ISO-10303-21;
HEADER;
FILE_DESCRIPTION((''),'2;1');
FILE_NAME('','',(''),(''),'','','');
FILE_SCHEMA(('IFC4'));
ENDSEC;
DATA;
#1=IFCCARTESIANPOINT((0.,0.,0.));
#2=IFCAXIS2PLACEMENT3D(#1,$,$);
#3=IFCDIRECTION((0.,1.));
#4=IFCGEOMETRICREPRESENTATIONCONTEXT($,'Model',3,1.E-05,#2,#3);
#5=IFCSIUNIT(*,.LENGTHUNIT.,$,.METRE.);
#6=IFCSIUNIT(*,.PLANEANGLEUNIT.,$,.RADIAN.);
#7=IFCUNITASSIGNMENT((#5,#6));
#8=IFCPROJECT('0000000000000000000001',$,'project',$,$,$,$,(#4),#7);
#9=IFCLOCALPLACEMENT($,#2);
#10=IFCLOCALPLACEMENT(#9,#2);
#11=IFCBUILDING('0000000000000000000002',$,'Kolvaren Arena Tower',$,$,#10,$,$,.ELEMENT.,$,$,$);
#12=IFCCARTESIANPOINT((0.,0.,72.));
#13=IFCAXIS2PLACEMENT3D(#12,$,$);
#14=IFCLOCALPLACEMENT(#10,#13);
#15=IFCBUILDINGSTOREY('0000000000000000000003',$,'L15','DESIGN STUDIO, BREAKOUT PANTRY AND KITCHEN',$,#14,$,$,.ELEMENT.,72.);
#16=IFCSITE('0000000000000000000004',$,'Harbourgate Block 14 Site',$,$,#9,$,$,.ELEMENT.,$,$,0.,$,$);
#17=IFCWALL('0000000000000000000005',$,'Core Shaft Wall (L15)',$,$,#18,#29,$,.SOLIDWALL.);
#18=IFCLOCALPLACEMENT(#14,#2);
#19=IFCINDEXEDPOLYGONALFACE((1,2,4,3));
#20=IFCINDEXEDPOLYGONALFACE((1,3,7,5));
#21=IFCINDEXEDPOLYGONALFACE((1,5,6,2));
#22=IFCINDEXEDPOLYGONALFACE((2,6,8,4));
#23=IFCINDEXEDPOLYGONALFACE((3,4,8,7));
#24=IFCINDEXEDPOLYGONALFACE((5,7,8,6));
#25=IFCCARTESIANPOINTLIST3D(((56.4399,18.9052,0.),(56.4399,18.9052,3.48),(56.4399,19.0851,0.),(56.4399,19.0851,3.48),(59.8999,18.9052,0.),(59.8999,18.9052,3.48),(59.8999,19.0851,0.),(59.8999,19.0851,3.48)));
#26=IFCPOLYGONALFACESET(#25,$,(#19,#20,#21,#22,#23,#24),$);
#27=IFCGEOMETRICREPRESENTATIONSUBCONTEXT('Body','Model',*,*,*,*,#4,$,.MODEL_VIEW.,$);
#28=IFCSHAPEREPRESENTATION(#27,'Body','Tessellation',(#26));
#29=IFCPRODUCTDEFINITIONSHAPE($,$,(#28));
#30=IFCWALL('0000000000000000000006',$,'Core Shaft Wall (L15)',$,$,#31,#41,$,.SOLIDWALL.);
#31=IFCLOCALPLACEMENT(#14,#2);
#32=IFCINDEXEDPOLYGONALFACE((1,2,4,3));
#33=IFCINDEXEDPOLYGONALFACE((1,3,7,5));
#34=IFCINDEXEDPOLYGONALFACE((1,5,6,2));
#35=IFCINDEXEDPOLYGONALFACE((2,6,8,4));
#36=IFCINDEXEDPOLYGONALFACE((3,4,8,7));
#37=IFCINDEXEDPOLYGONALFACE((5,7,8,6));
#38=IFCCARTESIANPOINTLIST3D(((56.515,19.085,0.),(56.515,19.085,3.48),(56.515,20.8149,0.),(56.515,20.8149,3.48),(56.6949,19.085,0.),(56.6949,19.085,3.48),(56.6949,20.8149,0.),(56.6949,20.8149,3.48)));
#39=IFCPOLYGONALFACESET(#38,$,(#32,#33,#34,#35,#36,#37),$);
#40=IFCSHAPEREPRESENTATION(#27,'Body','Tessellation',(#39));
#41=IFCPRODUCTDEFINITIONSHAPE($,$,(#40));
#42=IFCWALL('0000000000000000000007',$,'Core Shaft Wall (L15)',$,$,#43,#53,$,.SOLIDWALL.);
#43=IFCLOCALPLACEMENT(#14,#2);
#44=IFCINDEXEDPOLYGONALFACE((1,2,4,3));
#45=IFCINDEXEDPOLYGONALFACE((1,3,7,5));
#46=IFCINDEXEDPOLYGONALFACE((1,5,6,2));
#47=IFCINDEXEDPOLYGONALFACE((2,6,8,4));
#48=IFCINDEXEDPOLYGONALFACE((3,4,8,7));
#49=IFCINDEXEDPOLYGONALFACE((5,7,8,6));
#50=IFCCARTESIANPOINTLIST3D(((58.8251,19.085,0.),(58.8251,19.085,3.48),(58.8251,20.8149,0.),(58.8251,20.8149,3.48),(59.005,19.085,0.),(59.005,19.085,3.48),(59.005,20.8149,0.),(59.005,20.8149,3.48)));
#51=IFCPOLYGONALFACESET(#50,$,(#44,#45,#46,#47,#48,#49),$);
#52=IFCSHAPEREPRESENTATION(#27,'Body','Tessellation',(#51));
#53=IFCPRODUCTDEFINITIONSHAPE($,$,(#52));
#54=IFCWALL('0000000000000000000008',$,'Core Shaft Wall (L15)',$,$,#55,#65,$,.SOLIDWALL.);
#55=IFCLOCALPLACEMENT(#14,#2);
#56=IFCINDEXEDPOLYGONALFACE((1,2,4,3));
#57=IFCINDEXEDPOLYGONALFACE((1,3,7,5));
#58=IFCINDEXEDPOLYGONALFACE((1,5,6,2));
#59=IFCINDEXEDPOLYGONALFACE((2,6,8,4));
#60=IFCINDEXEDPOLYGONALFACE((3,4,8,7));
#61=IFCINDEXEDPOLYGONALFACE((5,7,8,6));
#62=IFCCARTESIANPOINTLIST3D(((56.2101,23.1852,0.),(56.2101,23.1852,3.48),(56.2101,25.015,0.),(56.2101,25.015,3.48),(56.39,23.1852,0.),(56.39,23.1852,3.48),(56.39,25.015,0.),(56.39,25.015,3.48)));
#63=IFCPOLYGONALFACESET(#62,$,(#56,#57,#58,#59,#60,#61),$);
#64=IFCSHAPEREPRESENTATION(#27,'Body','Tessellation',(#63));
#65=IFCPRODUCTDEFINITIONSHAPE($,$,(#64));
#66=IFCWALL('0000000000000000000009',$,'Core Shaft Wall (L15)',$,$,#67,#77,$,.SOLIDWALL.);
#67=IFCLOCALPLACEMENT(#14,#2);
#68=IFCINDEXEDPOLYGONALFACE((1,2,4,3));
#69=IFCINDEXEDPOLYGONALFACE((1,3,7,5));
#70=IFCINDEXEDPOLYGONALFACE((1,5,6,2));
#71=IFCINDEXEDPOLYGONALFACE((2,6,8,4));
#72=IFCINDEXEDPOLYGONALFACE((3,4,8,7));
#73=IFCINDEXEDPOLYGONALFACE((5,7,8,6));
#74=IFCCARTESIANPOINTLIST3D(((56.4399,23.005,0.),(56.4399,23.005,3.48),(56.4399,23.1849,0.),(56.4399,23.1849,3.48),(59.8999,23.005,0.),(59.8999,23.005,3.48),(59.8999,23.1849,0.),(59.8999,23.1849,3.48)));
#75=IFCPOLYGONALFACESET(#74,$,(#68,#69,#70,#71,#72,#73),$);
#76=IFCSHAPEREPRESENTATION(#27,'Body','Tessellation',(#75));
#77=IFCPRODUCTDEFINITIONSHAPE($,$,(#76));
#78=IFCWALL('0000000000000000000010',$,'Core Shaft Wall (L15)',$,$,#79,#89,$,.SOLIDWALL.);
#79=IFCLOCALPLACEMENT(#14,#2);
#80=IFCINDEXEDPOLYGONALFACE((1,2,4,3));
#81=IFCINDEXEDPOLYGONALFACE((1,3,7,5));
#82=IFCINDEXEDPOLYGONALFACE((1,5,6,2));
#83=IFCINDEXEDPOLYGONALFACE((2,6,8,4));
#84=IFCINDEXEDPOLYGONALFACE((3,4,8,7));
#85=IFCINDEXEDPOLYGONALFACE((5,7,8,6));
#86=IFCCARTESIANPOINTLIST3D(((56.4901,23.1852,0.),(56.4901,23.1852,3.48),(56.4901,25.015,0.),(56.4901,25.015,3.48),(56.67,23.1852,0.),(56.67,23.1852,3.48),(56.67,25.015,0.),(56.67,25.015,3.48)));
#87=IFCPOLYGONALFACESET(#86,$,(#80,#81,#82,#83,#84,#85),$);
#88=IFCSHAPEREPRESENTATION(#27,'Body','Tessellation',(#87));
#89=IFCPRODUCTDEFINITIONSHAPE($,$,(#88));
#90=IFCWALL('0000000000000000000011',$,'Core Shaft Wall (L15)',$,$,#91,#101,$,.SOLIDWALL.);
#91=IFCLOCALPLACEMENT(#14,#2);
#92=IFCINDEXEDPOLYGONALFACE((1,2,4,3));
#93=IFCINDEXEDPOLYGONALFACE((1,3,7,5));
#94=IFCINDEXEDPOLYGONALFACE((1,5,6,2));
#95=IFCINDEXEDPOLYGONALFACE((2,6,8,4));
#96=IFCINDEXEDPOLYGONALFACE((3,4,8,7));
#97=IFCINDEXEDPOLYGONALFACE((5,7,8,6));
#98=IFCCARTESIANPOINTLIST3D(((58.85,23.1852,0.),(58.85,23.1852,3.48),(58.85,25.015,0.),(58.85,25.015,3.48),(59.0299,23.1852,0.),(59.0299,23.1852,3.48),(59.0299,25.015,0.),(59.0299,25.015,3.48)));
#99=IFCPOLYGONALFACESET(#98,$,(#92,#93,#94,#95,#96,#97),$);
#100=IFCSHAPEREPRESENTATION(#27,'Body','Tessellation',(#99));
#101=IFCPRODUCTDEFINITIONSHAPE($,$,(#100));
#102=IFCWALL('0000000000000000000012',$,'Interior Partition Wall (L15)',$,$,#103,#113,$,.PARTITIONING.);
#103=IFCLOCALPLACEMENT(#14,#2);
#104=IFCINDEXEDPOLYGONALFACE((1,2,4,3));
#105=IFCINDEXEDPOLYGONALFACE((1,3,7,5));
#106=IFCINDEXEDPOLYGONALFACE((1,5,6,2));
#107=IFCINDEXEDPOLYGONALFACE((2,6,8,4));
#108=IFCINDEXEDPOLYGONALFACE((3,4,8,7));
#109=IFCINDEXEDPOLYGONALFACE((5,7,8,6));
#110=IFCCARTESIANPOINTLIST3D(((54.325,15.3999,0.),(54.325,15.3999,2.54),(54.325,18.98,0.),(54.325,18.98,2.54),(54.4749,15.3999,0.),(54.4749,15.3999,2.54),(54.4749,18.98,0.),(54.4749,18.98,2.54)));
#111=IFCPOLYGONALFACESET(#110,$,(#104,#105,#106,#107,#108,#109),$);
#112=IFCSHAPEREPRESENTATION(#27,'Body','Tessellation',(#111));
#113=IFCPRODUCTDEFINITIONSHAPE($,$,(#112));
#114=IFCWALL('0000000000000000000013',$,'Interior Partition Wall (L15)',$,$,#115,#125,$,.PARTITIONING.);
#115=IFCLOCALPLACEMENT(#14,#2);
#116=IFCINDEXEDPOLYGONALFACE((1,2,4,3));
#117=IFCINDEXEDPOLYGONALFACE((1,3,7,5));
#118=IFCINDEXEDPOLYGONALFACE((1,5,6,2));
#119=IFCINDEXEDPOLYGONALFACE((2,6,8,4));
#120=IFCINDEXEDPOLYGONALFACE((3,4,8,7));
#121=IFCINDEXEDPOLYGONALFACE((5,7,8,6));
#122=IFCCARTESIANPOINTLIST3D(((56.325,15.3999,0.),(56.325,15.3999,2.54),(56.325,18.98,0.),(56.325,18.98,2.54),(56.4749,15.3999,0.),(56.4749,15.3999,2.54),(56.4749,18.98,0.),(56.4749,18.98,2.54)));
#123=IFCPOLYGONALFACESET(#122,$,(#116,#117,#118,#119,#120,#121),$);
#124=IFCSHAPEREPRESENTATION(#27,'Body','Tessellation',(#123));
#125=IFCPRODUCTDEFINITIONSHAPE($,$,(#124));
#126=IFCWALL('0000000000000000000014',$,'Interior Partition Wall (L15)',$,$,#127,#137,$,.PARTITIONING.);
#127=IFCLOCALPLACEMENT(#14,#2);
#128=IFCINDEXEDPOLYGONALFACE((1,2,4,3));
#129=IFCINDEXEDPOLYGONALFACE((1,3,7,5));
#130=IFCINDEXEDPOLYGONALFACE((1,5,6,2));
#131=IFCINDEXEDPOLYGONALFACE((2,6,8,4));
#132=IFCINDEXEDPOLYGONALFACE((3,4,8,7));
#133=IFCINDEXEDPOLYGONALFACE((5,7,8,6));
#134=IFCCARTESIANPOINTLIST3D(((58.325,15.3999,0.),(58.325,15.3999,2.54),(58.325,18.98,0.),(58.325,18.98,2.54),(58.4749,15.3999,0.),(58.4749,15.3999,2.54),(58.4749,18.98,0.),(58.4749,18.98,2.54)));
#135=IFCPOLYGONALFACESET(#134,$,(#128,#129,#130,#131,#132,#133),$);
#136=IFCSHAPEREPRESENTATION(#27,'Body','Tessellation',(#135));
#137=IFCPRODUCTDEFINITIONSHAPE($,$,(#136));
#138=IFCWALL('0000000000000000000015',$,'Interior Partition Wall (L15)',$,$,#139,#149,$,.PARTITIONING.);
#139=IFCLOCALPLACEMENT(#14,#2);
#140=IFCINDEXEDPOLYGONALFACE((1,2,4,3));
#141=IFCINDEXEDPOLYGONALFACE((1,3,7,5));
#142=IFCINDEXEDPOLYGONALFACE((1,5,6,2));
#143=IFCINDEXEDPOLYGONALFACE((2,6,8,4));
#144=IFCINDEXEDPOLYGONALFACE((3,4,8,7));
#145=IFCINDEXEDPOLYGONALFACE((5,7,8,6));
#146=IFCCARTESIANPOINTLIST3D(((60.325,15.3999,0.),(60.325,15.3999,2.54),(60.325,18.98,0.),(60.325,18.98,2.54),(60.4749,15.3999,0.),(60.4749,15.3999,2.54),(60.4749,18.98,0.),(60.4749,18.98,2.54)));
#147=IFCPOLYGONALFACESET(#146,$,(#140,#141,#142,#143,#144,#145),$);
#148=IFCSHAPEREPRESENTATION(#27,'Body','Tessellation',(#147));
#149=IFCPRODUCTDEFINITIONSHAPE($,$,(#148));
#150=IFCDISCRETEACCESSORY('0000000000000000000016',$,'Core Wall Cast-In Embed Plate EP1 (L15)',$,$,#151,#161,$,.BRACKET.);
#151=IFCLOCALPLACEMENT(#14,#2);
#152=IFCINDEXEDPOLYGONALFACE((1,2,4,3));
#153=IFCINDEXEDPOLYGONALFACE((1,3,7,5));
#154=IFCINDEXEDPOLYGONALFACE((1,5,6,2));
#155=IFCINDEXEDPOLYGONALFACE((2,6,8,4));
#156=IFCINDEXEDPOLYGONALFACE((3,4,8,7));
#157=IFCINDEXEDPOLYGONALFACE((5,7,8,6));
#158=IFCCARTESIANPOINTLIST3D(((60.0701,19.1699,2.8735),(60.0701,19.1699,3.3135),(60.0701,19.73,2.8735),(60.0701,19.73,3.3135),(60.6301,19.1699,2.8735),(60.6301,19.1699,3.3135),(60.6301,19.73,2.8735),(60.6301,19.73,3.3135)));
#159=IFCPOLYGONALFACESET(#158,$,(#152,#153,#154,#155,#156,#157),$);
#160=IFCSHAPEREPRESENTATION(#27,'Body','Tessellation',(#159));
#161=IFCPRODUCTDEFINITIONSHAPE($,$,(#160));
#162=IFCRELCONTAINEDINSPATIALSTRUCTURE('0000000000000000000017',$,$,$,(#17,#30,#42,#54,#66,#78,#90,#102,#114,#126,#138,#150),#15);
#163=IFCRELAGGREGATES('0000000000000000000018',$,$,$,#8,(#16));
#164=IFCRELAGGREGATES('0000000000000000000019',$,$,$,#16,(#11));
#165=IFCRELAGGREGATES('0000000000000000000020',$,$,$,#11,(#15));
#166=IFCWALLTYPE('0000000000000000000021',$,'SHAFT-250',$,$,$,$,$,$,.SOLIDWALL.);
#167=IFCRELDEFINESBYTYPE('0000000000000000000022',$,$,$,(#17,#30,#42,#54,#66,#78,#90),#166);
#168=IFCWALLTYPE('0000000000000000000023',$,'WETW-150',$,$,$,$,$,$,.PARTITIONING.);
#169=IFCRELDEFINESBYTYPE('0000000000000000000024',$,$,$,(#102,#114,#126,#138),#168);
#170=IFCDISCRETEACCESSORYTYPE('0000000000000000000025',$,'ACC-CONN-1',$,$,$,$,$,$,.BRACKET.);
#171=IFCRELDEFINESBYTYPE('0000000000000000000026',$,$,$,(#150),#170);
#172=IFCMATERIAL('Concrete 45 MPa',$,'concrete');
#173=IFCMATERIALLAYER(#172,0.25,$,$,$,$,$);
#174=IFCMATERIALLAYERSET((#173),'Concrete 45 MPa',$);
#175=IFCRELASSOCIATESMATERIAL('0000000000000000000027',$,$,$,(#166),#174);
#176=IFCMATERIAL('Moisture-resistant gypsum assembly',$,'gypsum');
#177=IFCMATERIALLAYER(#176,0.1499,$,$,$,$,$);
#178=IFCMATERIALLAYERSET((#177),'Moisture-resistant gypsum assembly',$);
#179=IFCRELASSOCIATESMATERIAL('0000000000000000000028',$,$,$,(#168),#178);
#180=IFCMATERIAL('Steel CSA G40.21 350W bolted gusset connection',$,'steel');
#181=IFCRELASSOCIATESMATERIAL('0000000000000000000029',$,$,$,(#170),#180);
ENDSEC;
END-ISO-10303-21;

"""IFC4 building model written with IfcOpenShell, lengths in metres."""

from ifc_helpers import new_model, si_unit, direction, frame, frame_2d, origin, origin_2d, place, context, subcontext, project, spatial, rectangle, extrude, material, layer, layer_set, type_object, element, save


model = new_model("IFC4")

# Units and contexts
model_context = context("Model", 3, precision=1e-05, world=origin(), true_north=direction((0.0, 1.0)))
body_context = subcontext(model_context, "Body", "Model", "MODEL_VIEW")
ifc_project = project(units=[si_unit("LENGTHUNIT", "METRE"), si_unit("PLANEANGLEUNIT", "RADIAN")], contexts=[model_context])

# Site, building, storey
site_placement = place(None, origin())
site = spatial("IfcSite", under=ifc_project, at=site_placement, Name="Harbourgate Block 14 Site", CompositionType="ELEMENT", RefElevation=0.0)
building_placement = place(site_placement, origin())
building = spatial("IfcBuilding", under=site, at=building_placement, Name="Kolvaren Arena Tower", CompositionType="ELEMENT")
storey_placement = place(building_placement, frame((0.0, 0.0, 72.0)))
storey = spatial("IfcBuildingStorey", under=building, at=storey_placement, Name="L15", Description="DESIGN STUDIO, BREAKOUT PANTRY AND KITCHEN", CompositionType="ELEMENT", Elevation=72.0)

# Shared definitions
ifc_material_1 = material(Name="Concrete 45 MPa", Category="concrete")
ifc_layer_1 = layer(ifc_material_1, 0.25)
ifc_layer_set_1 = layer_set([ifc_layer_1], Name="Concrete 45 MPa")
wall_type_1 = type_object("IfcWallType", Name="SHAFT-250", PredefinedType="SOLIDWALL", material=ifc_layer_set_1)

# Walls
wall_1_placement = place(storey_placement, frame((56.4399, 18.9951, 0.0), z_axis=(0.0, 0.0, 1.0), x_axis=(1.0, 0.0, 0.0)))
element("IfcWall", 1, at=wall_1_placement, inside=storey, type_object=wall_type_1, Name="Core Shaft Wall (L15)", PredefinedType="SOLIDWALL", context=body_context, shape_type="SweptSolid", body=[
    extrude(rectangle(XDim=3.46, YDim=0.1799, at=frame_2d((1.73, 0.0))), origin(), (0.0, 0.0, 1.0), 3.48),
])
for number, where, z_axis, x_axis, name in (
    (2, (56.605, 19.085, 0.0), (0.0, 0.0, 1.0), (0.0, 1.0, 0.0), "Core Shaft Wall (L15)"),
    (3, (58.915, 19.085, 0.0), (0.0, 0.0, 1.0), (0.0, 1.0, 0.0), "Core Shaft Wall (L15)"),
):
    element("IfcWall", number, at=place(storey_placement, frame(where, z_axis=z_axis, x_axis=x_axis)), inside=storey, type_object=wall_type_1, Name=name, PredefinedType="SOLIDWALL", context=body_context, shape_type="SweptSolid", body=[
        extrude(rectangle(XDim=1.73, YDim=0.1799, at=frame_2d((0.865, 0.0))), origin(), (0.0, 0.0, 1.0), 3.48),
    ])
wall_2_placement = place(storey_placement, frame((56.3, 23.1851, 0.0), z_axis=(0.0, 0.0, 1.0), x_axis=(0.0, 1.0, 0.0)))
element("IfcWall", 4, at=wall_2_placement, inside=storey, type_object=wall_type_1, Name="Core Shaft Wall (L15)", PredefinedType="SOLIDWALL", context=body_context, shape_type="SweptSolid", body=[
    extrude(rectangle(XDim=1.8298, YDim=0.1799, at=frame_2d((0.915, 0.0))), origin(), (0.0, 0.0, 1.0), 3.48),
])
wall_3_placement = place(storey_placement, frame((56.4399, 23.095, 0.0), z_axis=(0.0, 0.0, 1.0), x_axis=(1.0, 0.0, 0.0)))
element("IfcWall", 5, at=wall_3_placement, inside=storey, type_object=wall_type_1, Name="Core Shaft Wall (L15)", PredefinedType="SOLIDWALL", context=body_context, shape_type="SweptSolid", body=[
    extrude(rectangle(XDim=3.46, YDim=0.1799, at=frame_2d((1.73, 0.0))), origin(), (0.0, 0.0, 1.0), 3.48),
])
for number, where, z_axis, x_axis, name in (
    (6, (56.5801, 23.1851, 0.0), (0.0, 0.0, 1.0), (0.0, 1.0, 0.0), "Core Shaft Wall (L15)"),
    (7, (58.9399, 23.1851, 0.0), (0.0, 0.0, 1.0), (0.0, 1.0, 0.0), "Core Shaft Wall (L15)"),
):
    element("IfcWall", number, at=place(storey_placement, frame(where, z_axis=z_axis, x_axis=x_axis)), inside=storey, type_object=wall_type_1, Name=name, PredefinedType="SOLIDWALL", context=body_context, shape_type="SweptSolid", body=[
        extrude(rectangle(XDim=1.8298, YDim=0.1799, at=frame_2d((0.915, 0.0))), origin(), (0.0, 0.0, 1.0), 3.48),
    ])
ifc_material_2 = material(Name="Moisture-resistant gypsum assembly", Category="gypsum")
ifc_layer_2 = layer(ifc_material_2, 0.1499)
ifc_layer_set_2 = layer_set([ifc_layer_2], Name="Moisture-resistant gypsum assembly")
wall_type_2 = type_object("IfcWallType", Name="WETW-150", PredefinedType="PARTITIONING", material=ifc_layer_set_2)
for number, where, z_axis, x_axis, name in (
    (8, (54.3999, 15.3999, 0.0), (0.0, 0.0, 1.0), (0.0, 1.0, 0.0), "Interior Partition Wall (L15)"),
    (9, (56.3999, 15.3999, 0.0), (0.0, 0.0, 1.0), (0.0, 1.0, 0.0), "Interior Partition Wall (L15)"),
    (10, (58.3999, 15.3999, 0.0), (0.0, 0.0, 1.0), (0.0, 1.0, 0.0), "Interior Partition Wall (L15)"),
    (11, (60.3999, 15.3999, 0.0), (0.0, 0.0, 1.0), (0.0, 1.0, 0.0), "Interior Partition Wall (L15)"),
):
    element("IfcWall", number, at=place(storey_placement, frame(where, z_axis=z_axis, x_axis=x_axis)), inside=storey, type_object=wall_type_2, Name=name, PredefinedType="PARTITIONING", context=body_context, shape_type="SweptSolid", body=[
        extrude(rectangle(XDim=3.5801, YDim=0.1499, at=frame_2d((1.79, 0.0))), origin(), (0.0, 0.0, 1.0), 2.54),
    ])

# Discrete accessory
ifc_material_3 = material(Name="Steel CSA G40.21 350W bolted gusset connection", Category="steel")
discrete_accessory_type = type_object("IfcDiscreteAccessoryType", Name="ACC-CONN-1", PredefinedType="BRACKET", material=ifc_material_3)
discrete_accessory_placement = place(storey_placement, frame((60.3501, 19.45, 2.8735), z_axis=(0.0, 0.0, 1.0), x_axis=(1.0, 0.0, 0.0)))
element("IfcDiscreteAccessory", 12, at=discrete_accessory_placement, inside=storey, type_object=discrete_accessory_type, Name="Core Wall Cast-In Embed Plate EP1 (L15)", PredefinedType="BRACKET", context=body_context, shape_type="SweptSolid", body=[
    extrude(rectangle(XDim=0.5601, YDim=0.5601, at=origin_2d()), origin(), (0.0, 0.0, 1.0), 0.4399),
])

save(model, "model.ifc")
